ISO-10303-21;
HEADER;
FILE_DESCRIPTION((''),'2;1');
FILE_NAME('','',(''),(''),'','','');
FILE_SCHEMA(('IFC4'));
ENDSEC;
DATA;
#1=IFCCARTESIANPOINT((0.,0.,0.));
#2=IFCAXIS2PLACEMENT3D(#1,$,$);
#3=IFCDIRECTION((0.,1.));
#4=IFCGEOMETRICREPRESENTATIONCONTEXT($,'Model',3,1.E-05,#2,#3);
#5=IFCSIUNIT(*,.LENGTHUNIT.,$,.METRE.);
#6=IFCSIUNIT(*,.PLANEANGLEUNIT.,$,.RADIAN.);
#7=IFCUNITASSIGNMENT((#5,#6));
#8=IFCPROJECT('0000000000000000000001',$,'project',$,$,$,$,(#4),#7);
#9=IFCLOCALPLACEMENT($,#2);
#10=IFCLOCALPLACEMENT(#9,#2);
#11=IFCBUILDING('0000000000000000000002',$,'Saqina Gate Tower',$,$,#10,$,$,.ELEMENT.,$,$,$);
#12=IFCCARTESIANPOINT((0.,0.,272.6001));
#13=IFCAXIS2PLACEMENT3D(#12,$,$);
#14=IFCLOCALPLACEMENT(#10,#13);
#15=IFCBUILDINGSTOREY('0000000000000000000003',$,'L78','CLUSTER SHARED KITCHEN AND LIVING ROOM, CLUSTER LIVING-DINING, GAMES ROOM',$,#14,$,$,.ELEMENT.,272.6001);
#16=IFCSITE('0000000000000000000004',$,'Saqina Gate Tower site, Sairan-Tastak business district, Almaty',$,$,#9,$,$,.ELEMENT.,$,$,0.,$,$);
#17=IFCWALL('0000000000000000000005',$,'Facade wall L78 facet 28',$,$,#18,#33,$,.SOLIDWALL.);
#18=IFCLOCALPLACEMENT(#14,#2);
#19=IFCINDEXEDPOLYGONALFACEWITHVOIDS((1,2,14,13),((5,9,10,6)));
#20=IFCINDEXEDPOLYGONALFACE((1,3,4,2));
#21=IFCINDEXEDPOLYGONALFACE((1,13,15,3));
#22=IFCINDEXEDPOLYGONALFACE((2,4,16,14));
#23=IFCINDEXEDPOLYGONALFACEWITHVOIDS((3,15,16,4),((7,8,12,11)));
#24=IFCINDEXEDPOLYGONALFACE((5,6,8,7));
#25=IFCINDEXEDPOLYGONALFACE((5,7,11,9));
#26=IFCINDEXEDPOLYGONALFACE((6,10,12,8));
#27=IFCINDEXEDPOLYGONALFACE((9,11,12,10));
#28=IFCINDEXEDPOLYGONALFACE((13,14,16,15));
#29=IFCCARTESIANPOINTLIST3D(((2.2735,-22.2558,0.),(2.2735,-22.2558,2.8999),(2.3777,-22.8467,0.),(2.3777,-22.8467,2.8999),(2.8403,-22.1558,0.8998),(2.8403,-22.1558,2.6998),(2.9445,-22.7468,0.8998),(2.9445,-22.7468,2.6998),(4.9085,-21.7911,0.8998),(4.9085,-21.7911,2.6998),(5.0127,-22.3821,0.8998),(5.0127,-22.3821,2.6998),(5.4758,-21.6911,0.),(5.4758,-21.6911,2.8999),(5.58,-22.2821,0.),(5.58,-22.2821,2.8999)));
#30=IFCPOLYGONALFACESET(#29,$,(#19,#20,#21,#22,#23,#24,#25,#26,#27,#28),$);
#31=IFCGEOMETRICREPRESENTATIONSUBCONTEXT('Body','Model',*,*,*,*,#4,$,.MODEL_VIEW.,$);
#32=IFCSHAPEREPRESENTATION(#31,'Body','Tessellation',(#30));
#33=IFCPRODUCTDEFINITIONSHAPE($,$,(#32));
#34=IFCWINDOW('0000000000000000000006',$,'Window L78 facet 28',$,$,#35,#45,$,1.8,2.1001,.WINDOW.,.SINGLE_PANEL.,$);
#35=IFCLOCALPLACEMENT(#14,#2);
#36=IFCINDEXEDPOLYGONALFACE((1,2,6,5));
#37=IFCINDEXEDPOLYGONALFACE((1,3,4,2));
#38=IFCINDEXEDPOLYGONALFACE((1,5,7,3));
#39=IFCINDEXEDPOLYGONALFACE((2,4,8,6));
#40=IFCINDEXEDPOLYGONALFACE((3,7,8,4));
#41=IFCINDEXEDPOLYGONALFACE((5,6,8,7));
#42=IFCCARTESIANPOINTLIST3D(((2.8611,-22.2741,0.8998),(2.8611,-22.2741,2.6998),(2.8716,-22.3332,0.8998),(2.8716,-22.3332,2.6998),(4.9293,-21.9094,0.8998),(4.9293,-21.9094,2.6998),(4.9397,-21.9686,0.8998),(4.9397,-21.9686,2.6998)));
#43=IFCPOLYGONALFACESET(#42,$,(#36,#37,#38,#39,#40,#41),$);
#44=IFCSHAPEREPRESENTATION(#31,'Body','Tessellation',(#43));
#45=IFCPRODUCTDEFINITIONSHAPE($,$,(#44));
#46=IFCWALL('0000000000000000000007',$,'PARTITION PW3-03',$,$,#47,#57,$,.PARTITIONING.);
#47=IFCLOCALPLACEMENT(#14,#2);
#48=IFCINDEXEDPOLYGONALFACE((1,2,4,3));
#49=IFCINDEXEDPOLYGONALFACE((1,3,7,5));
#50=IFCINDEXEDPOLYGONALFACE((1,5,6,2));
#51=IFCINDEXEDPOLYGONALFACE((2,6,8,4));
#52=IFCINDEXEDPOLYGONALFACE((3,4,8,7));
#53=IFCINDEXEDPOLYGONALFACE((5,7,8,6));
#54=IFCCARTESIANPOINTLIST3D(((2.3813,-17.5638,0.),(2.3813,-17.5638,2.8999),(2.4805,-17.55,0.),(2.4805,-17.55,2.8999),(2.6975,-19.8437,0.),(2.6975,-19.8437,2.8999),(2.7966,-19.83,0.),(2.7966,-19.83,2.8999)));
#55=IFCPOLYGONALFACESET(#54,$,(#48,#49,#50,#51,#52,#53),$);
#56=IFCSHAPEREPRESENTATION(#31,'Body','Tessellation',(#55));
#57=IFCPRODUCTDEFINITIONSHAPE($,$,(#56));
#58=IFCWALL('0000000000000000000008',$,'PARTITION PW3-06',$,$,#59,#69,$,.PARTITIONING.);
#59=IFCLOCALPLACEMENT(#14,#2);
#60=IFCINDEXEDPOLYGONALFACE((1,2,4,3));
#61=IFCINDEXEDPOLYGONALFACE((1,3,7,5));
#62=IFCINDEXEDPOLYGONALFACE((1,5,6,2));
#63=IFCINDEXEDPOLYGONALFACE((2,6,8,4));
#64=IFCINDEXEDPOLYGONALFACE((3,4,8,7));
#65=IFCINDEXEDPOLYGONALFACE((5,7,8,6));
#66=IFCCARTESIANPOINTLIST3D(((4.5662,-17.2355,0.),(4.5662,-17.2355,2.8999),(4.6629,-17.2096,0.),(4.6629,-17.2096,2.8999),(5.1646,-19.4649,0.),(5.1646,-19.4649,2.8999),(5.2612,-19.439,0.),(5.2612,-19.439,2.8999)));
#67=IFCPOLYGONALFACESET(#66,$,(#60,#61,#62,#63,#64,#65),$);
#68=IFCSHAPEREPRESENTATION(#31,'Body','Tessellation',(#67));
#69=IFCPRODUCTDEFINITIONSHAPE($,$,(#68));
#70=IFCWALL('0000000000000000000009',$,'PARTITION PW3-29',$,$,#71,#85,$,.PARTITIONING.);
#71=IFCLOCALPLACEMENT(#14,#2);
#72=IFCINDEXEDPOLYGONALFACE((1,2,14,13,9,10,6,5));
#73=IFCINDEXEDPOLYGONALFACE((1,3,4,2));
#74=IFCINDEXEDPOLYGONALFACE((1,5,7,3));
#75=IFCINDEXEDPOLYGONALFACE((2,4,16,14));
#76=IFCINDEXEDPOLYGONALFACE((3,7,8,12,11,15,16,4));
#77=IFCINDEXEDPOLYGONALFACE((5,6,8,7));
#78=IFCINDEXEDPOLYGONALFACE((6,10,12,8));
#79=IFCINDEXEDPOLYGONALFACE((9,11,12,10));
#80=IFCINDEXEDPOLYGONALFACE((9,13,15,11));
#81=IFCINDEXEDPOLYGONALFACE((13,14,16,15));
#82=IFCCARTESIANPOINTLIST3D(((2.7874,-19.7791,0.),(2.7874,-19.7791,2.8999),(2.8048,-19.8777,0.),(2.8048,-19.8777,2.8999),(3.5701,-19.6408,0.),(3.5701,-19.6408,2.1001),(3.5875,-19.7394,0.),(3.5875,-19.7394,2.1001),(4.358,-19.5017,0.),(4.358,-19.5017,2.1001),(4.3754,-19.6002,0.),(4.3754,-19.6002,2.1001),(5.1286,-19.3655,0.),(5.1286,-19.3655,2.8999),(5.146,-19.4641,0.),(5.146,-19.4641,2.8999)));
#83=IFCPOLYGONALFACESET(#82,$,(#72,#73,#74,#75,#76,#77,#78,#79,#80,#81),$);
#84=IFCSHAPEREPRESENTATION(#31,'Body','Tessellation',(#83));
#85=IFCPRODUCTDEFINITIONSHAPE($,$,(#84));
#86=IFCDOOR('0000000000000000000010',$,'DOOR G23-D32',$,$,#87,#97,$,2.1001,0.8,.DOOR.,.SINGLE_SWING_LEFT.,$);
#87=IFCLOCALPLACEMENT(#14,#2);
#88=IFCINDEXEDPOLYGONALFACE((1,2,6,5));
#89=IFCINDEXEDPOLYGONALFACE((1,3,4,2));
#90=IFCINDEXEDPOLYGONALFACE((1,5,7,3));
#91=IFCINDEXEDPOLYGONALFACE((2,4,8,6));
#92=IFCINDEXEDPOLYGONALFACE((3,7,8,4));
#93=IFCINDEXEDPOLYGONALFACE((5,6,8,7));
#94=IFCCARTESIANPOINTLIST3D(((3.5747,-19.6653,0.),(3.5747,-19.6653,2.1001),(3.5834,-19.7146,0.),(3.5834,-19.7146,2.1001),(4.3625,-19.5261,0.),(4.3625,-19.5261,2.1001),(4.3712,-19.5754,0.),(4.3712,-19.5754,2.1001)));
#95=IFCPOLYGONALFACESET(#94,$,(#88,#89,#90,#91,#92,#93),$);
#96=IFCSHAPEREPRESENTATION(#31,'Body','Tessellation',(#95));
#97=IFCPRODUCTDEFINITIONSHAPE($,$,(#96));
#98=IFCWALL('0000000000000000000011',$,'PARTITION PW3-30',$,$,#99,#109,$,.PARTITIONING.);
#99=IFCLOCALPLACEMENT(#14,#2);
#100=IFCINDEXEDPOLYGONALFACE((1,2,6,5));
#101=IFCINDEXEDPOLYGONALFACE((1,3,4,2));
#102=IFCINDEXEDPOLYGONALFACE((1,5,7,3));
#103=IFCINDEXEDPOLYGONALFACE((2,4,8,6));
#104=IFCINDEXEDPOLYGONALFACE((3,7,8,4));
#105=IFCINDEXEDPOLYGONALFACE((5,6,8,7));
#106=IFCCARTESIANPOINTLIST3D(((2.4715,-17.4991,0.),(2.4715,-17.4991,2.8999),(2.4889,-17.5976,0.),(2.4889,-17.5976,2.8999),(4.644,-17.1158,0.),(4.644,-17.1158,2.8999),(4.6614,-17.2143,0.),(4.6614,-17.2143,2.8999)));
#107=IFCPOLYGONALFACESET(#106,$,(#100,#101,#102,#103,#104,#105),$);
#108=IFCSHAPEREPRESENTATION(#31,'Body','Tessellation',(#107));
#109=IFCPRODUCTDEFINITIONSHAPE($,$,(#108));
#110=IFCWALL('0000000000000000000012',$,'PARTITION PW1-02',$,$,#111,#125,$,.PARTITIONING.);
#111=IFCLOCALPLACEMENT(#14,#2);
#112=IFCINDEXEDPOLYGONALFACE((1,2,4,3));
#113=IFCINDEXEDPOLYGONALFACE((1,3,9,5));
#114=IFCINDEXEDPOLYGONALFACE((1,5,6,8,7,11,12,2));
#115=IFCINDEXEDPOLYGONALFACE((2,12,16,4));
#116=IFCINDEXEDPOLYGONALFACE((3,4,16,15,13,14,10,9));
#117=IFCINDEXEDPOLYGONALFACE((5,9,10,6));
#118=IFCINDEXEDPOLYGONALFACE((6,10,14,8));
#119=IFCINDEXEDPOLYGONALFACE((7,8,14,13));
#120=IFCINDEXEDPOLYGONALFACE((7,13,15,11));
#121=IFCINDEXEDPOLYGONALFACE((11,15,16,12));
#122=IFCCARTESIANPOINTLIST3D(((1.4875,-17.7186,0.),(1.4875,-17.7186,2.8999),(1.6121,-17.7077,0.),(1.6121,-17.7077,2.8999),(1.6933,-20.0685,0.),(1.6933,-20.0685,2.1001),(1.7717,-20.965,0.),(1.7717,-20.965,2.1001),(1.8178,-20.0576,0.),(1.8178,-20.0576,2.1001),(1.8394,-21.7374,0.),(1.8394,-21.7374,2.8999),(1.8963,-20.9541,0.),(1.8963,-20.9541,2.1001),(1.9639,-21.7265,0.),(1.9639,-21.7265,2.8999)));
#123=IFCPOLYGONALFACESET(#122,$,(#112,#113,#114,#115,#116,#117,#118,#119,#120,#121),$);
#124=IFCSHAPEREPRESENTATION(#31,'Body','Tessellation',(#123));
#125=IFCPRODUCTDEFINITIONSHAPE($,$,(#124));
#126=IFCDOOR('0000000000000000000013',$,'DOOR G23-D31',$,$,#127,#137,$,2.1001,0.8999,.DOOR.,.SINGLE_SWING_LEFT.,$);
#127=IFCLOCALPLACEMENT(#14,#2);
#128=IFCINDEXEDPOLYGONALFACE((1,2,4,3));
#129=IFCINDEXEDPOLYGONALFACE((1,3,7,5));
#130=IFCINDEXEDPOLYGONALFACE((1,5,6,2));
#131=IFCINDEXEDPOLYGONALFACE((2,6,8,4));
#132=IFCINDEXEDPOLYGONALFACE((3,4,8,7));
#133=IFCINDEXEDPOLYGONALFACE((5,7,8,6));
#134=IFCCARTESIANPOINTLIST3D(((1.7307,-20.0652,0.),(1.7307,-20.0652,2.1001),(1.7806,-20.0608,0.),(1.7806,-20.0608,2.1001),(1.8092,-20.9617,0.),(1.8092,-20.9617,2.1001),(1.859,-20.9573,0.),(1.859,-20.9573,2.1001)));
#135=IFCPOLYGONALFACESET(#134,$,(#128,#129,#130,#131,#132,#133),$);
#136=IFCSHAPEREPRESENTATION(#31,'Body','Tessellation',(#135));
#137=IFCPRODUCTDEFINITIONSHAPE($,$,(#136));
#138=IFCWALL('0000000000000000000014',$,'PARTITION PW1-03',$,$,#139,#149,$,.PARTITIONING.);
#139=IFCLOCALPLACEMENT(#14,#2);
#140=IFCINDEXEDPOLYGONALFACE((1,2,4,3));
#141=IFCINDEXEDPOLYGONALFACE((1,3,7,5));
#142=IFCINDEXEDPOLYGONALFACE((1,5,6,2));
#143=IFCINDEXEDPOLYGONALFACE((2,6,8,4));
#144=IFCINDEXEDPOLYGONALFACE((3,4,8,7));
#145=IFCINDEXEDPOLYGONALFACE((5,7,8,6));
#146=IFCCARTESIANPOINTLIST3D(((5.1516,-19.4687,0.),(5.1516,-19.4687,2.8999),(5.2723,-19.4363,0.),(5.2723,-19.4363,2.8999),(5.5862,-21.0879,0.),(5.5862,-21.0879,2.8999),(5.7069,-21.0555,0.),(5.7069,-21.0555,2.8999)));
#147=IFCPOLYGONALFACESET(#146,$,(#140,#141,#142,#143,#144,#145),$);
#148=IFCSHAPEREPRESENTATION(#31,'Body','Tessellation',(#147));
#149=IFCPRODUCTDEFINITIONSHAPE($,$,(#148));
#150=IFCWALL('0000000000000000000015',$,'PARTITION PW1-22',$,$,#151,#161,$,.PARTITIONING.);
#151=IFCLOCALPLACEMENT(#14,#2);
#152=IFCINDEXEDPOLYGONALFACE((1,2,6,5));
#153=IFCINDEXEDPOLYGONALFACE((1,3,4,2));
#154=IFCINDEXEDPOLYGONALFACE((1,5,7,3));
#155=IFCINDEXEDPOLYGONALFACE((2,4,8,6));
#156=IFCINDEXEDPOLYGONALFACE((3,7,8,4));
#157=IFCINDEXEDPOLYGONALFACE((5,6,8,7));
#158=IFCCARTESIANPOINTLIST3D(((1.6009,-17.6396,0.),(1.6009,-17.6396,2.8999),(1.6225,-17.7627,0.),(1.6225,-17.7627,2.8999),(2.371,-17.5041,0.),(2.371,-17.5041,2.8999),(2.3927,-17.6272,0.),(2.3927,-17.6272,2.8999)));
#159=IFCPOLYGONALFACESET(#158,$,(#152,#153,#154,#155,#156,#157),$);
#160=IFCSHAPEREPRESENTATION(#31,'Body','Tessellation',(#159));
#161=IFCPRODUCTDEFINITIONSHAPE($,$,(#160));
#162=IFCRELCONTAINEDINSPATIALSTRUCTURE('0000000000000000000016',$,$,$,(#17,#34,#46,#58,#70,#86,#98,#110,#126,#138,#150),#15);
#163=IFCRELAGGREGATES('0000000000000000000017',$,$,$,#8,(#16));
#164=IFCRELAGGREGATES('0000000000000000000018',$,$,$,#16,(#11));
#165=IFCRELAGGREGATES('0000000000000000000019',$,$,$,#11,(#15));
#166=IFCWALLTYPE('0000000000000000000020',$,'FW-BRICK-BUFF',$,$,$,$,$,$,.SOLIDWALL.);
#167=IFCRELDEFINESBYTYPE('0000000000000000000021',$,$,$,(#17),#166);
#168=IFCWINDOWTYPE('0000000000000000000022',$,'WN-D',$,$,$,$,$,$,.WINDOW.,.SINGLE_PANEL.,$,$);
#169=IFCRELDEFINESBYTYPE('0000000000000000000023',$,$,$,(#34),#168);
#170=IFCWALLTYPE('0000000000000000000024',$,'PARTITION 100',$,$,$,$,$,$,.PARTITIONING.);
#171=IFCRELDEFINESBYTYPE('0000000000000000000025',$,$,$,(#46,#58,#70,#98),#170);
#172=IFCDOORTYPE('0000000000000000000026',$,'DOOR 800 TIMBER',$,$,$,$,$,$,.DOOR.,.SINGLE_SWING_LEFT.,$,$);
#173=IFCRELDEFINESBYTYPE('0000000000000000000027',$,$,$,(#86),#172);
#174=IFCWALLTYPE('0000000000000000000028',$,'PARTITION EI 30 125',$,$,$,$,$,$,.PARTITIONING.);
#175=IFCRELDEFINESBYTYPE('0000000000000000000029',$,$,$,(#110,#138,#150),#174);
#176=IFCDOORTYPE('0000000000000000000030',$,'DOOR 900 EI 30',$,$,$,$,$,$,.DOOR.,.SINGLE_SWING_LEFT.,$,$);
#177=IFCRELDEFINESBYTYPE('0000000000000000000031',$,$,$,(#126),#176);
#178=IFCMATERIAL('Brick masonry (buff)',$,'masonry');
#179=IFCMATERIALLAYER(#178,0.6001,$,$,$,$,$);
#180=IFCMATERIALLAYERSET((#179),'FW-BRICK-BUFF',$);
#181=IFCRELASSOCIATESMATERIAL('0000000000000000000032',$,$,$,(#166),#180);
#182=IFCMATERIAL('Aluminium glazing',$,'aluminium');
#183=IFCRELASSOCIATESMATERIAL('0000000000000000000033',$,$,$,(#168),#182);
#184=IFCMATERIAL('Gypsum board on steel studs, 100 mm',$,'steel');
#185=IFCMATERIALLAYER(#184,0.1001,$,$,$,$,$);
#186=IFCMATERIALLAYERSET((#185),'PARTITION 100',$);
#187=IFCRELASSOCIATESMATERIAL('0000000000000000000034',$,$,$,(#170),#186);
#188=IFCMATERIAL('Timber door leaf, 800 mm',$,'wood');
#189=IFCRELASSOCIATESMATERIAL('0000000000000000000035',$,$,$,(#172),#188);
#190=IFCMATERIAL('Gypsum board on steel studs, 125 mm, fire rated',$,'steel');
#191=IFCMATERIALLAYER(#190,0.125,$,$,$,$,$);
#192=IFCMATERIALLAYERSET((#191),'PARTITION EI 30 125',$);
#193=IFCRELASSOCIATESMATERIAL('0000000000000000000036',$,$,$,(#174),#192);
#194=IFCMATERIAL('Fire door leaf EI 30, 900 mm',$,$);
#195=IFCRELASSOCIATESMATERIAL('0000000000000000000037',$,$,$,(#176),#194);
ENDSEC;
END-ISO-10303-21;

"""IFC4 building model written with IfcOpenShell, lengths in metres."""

from ifc_helpers import new_model, si_unit, direction, frame, frame_2d, origin, place, context, subcontext, project, spatial, rectangle, extrude, material, layer, layer_set, type_object, element, fill, save


model = new_model("IFC4")

# Units and contexts
model_context = context("Model", 3, precision=1e-05, world=origin(), true_north=direction((0.0, 1.0)))
body_context = subcontext(model_context, "Body", "Model", "MODEL_VIEW")
ifc_project = project(units=[si_unit("LENGTHUNIT", "METRE"), si_unit("PLANEANGLEUNIT", "RADIAN")], contexts=[model_context])

# Site, building, storey
site_placement = place(None, origin())
site = spatial("IfcSite", under=ifc_project, at=site_placement, Name="Saqina Gate Tower site, Sairan-Tastak business district, Almaty", CompositionType="ELEMENT", RefElevation=0.0)
building_placement = place(site_placement, origin())
building = spatial("IfcBuilding", under=site, at=building_placement, Name="Saqina Gate Tower", CompositionType="ELEMENT")
storey_placement = place(building_placement, frame((0.0, 0.0, 272.6001)))
storey = spatial("IfcBuildingStorey", under=building, at=storey_placement, Name="L78", Description="CLUSTER SHARED KITCHEN AND LIVING ROOM, CLUSTER LIVING-DINING, GAMES ROOM", CompositionType="ELEMENT", Elevation=272.6001)

# Wall, opening, window
ifc_material_1 = material(Name="Brick masonry (buff)", Category="masonry")
ifc_layer_1 = layer(ifc_material_1, 0.6001)
ifc_layer_set_1 = layer_set([ifc_layer_1], Name="FW-BRICK-BUFF")
wall_type_1 = type_object("IfcWallType", Name="FW-BRICK-BUFF", PredefinedType="SOLIDWALL", material=ifc_layer_set_1)
wall_1_placement = place(storey_placement, frame((2.3254, -22.5513, 0.0), z_axis=(0.0, 0.0, 1.0), x_axis=(0.984806, 0.173657, 0.0)))
wall_1 = element("IfcWall", 1, at=wall_1_placement, inside=storey, type_object=wall_type_1, Name="Facade wall L78 facet 28", PredefinedType="SOLIDWALL", context=body_context, shape_type="SweptSolid", body=[
    extrude(rectangle(XDim=3.2517, YDim=0.6001, at=frame_2d((1.626, 0.0))), origin(), (0.0, 0.0, 1.0), 2.8999),
])
opening_1_placement = place(wall_1_placement, frame((0.5757, 0.0, 0.8999)))
opening_1 = element("IfcOpeningElement", 2, at=opening_1_placement, cuts=wall_1, PredefinedType="OPENING", context=body_context, shape_type="SweptSolid", body=[
    extrude(rectangle(XDim=2.1001, YDim=1.8, at=frame_2d((1.05, 0.8999))), frame((0.0, 0.312, 0.0), z_axis=(0.0, -1.0, 0.0), x_axis=(1.0, 0.0, 0.0)), (0.0, 0.0, 1.0), 0.624),
])
ifc_material_2 = material(Name="Aluminium glazing", Category="aluminium")
window_type = type_object("IfcWindowType", Name="WN-D", PartitioningType="SINGLE_PANEL", PredefinedType="WINDOW", material=ifc_material_2)
window_placement = place(opening_1_placement, origin())
window = element("IfcWindow", 3, at=window_placement, inside=storey, type_object=window_type, Name="Window L78 facet 28", OverallHeight=1.8, OverallWidth=2.1001, PartitioningType="SINGLE_PANEL", PredefinedType="WINDOW", context=body_context, shape_type="SweptSolid", body=[
    extrude(rectangle(XDim=2.1001, YDim=1.8, at=frame_2d((1.05, 0.8999))), frame((0.0, 0.1799, 0.0), z_axis=(0.0, -1.0, 0.0), x_axis=(1.0, 0.0, 0.0)), (0.0, 0.0, 1.0), 0.0601),
])
fill(opening_1, window)

# Walls
ifc_material_3 = material(Name="Gypsum board on steel studs, 100 mm", Category="steel")
ifc_layer_2 = layer(ifc_material_3, 0.1001)
ifc_layer_set_2 = layer_set([ifc_layer_2], Name="PARTITION 100")
wall_type_2 = type_object("IfcWallType", Name="PARTITION 100", PredefinedType="PARTITIONING", material=ifc_layer_set_2)
wall_2_placement = place(storey_placement, frame((2.4309, -17.5569, 0.0), z_axis=(0.0, 0.0, 1.0), x_axis=(0.137352, -0.990522, 0.0)))
element("IfcWall", 4, at=wall_2_placement, inside=storey, type_object=wall_type_2, Name="PARTITION PW3-03", PredefinedType="PARTITIONING", context=body_context, shape_type="SweptSolid", body=[
    extrude(rectangle(XDim=2.3018, YDim=0.1001, at=frame_2d((1.1509, 0.0))), origin(), (0.0, 0.0, 1.0), 2.8999),
])
wall_3_placement = place(storey_placement, frame((4.6145, -17.2224, 0.0), z_axis=(0.0, 0.0, 1.0), x_axis=(0.259222, -0.965818, 0.0)))
element("IfcWall", 5, at=wall_3_placement, inside=storey, type_object=wall_type_2, Name="PARTITION PW3-06", PredefinedType="PARTITIONING", context=body_context, shape_type="SweptSolid", body=[
    extrude(rectangle(XDim=2.3083, YDim=0.1001, at=frame_2d((1.1543, 0.0))), origin(), (0.0, 0.0, 1.0), 2.8999),
])

# Wall, opening, door
wall_4_placement = place(storey_placement, frame((2.7961, -19.8284, 0.0), z_axis=(0.0, 0.0, 1.0), x_axis=(0.984755, 0.173949, 0.0)))
wall_4 = element("IfcWall", 6, at=wall_4_placement, inside=storey, type_object=wall_type_2, Name="PARTITION PW3-29", PredefinedType="PARTITIONING", context=body_context, shape_type="SweptSolid", body=[
    extrude(rectangle(XDim=2.3774, YDim=0.1001, at=frame_2d((1.1887, 0.0))), origin(), (0.0, 0.0, 1.0), 2.8999),
])
opening_2_placement = place(wall_4_placement, frame((0.7949, 0.0, 0.0)))
opening_2 = element("IfcOpeningElement", 7, at=opening_2_placement, cuts=wall_4, PredefinedType="OPENING", context=body_context, shape_type="SweptSolid", body=[
    extrude(rectangle(XDim=0.8, YDim=2.1001, at=frame_2d((0.3999, 1.05))), frame((0.0, 0.062, 0.0), z_axis=(0.0, -1.0, 0.0), x_axis=(1.0, 0.0, 0.0)), (0.0, 0.0, 1.0), 0.124),
])
ifc_material_4 = material(Name="Timber door leaf, 800 mm", Category="wood")
door_type_1 = type_object("IfcDoorType", Name="DOOR 800 TIMBER", OperationType="SINGLE_SWING_LEFT", PredefinedType="DOOR", material=ifc_material_4)
door_1_placement = place(opening_2_placement, frame((0.8, 0.0, 0.0), z_axis=(0.0, 0.0, 1.0), x_axis=(-1.0, 0.0, 0.0)))
door_1 = element("IfcDoor", 8, at=door_1_placement, inside=storey, type_object=door_type_1, Name="DOOR G23-D32", OperationType="SINGLE_SWING_LEFT", OverallHeight=2.1001, OverallWidth=0.8, PredefinedType="DOOR", context=body_context, shape_type="SweptSolid", body=[
    extrude(rectangle(XDim=0.8, YDim=2.1001, at=frame_2d((0.3999, 1.05))), frame((0.0, 0.0249, 0.0), z_axis=(0.0, -1.0, 0.0), x_axis=(1.0, 0.0, 0.0)), (0.0, 0.0, 1.0), 0.05),
])
fill(opening_2, door_1)

# Wall
wall_5_placement = place(storey_placement, frame((2.4802, -17.5483, 0.0), z_axis=(0.0, 0.0, 1.0), x_axis=(0.984791, 0.173741, 0.0)))
element("IfcWall", 9, at=wall_5_placement, inside=storey, type_object=wall_type_2, Name="PARTITION PW3-30", PredefinedType="PARTITIONING", context=body_context, shape_type="SweptSolid", body=[
    extrude(rectangle(XDim=2.2061, YDim=0.1001, at=frame_2d((1.103, 0.0))), origin(), (0.0, 0.0, 1.0), 2.8999),
])

# Wall, opening, door
ifc_material_5 = material(Name="Gypsum board on steel studs, 125 mm, fire rated", Category="steel")
ifc_layer_3 = layer(ifc_material_5, 0.125)
ifc_layer_set_3 = layer_set([ifc_layer_3], Name="PARTITION EI 30 125")
wall_type_3 = type_object("IfcWallType", Name="PARTITION EI 30 125", PredefinedType="PARTITIONING", material=ifc_layer_set_3)
wall_6_placement = place(storey_placement, frame((1.5498, -17.7131, 0.0), z_axis=(0.0, 0.0, 1.0), x_axis=(0.087207, -0.99619, 0.0)))
wall_6 = element("IfcWall", 10, at=wall_6_placement, inside=storey, type_object=wall_type_3, Name="PARTITION PW1-02", PredefinedType="PARTITIONING", context=body_context, shape_type="SweptSolid", body=[
    extrude(rectangle(XDim=4.0342, YDim=0.125, at=frame_2d((2.0171, 0.0))), origin(), (0.0, 0.0, 1.0), 2.8999),
])
opening_3_placement = place(wall_6_placement, frame((2.3589, 0.0, 0.0)))
opening_3 = element("IfcOpeningElement", 11, at=opening_3_placement, cuts=wall_6, PredefinedType="OPENING", context=body_context, shape_type="SweptSolid", body=[
    extrude(rectangle(XDim=0.8999, YDim=2.1001, at=frame_2d((0.45, 1.05))), frame((0.0, 0.0745, 0.0), z_axis=(0.0, -1.0, 0.0), x_axis=(1.0, 0.0, 0.0)), (0.0, 0.0, 1.0), 0.1489),
])
ifc_material_6 = material(Name="Fire door leaf EI 30, 900 mm")
door_type_2 = type_object("IfcDoorType", Name="DOOR 900 EI 30", OperationType="SINGLE_SWING_LEFT", PredefinedType="DOOR", material=ifc_material_6)
door_2_placement = place(opening_3_placement, frame((0.8999, 0.0, 0.0), z_axis=(0.0, 0.0, 1.0), x_axis=(-1.0, 0.0, 0.0)))
door_2 = element("IfcDoor", 12, at=door_2_placement, inside=storey, type_object=door_type_2, Name="DOOR G23-D31", OperationType="SINGLE_SWING_LEFT", OverallHeight=2.1001, OverallWidth=0.8999, PredefinedType="DOOR", context=body_context, shape_type="SweptSolid", body=[
    extrude(rectangle(XDim=0.8999, YDim=2.1001, at=frame_2d((0.45, 1.05))), frame((0.0, 0.0249, 0.0), z_axis=(0.0, -1.0, 0.0), x_axis=(1.0, 0.0, 0.0)), (0.0, 0.0, 1.0), 0.05),
])
fill(opening_3, door_2)

# Walls
wall_7_placement = place(storey_placement, frame((5.2119, -19.4524, 0.0), z_axis=(0.0, 0.0, 1.0), x_axis=(0.259221, -0.965818, 0.0)))
element("IfcWall", 13, at=wall_7_placement, inside=storey, type_object=wall_type_3, Name="PARTITION PW1-03", PredefinedType="PARTITIONING", context=body_context, shape_type="SweptSolid", body=[
    extrude(rectangle(XDim=1.6765, YDim=0.125, at=frame_2d((0.8384, 0.0))), origin(), (0.0, 0.0, 1.0), 2.8999),
])
wall_8_placement = place(storey_placement, frame((1.6116, -17.7012, 0.0), z_axis=(0.0, 0.0, 1.0), x_axis=(0.984878, 0.173251, 0.0)))
element("IfcWall", 14, at=wall_8_placement, inside=storey, type_object=wall_type_3, Name="PARTITION PW1-22", PredefinedType="PARTITIONING", context=body_context, shape_type="SweptSolid", body=[
    extrude(rectangle(XDim=0.782, YDim=0.125, at=frame_2d((0.3911, 0.0))), origin(), (0.0, 0.0, 1.0), 2.8999),
])

save(model, "model.ifc")
